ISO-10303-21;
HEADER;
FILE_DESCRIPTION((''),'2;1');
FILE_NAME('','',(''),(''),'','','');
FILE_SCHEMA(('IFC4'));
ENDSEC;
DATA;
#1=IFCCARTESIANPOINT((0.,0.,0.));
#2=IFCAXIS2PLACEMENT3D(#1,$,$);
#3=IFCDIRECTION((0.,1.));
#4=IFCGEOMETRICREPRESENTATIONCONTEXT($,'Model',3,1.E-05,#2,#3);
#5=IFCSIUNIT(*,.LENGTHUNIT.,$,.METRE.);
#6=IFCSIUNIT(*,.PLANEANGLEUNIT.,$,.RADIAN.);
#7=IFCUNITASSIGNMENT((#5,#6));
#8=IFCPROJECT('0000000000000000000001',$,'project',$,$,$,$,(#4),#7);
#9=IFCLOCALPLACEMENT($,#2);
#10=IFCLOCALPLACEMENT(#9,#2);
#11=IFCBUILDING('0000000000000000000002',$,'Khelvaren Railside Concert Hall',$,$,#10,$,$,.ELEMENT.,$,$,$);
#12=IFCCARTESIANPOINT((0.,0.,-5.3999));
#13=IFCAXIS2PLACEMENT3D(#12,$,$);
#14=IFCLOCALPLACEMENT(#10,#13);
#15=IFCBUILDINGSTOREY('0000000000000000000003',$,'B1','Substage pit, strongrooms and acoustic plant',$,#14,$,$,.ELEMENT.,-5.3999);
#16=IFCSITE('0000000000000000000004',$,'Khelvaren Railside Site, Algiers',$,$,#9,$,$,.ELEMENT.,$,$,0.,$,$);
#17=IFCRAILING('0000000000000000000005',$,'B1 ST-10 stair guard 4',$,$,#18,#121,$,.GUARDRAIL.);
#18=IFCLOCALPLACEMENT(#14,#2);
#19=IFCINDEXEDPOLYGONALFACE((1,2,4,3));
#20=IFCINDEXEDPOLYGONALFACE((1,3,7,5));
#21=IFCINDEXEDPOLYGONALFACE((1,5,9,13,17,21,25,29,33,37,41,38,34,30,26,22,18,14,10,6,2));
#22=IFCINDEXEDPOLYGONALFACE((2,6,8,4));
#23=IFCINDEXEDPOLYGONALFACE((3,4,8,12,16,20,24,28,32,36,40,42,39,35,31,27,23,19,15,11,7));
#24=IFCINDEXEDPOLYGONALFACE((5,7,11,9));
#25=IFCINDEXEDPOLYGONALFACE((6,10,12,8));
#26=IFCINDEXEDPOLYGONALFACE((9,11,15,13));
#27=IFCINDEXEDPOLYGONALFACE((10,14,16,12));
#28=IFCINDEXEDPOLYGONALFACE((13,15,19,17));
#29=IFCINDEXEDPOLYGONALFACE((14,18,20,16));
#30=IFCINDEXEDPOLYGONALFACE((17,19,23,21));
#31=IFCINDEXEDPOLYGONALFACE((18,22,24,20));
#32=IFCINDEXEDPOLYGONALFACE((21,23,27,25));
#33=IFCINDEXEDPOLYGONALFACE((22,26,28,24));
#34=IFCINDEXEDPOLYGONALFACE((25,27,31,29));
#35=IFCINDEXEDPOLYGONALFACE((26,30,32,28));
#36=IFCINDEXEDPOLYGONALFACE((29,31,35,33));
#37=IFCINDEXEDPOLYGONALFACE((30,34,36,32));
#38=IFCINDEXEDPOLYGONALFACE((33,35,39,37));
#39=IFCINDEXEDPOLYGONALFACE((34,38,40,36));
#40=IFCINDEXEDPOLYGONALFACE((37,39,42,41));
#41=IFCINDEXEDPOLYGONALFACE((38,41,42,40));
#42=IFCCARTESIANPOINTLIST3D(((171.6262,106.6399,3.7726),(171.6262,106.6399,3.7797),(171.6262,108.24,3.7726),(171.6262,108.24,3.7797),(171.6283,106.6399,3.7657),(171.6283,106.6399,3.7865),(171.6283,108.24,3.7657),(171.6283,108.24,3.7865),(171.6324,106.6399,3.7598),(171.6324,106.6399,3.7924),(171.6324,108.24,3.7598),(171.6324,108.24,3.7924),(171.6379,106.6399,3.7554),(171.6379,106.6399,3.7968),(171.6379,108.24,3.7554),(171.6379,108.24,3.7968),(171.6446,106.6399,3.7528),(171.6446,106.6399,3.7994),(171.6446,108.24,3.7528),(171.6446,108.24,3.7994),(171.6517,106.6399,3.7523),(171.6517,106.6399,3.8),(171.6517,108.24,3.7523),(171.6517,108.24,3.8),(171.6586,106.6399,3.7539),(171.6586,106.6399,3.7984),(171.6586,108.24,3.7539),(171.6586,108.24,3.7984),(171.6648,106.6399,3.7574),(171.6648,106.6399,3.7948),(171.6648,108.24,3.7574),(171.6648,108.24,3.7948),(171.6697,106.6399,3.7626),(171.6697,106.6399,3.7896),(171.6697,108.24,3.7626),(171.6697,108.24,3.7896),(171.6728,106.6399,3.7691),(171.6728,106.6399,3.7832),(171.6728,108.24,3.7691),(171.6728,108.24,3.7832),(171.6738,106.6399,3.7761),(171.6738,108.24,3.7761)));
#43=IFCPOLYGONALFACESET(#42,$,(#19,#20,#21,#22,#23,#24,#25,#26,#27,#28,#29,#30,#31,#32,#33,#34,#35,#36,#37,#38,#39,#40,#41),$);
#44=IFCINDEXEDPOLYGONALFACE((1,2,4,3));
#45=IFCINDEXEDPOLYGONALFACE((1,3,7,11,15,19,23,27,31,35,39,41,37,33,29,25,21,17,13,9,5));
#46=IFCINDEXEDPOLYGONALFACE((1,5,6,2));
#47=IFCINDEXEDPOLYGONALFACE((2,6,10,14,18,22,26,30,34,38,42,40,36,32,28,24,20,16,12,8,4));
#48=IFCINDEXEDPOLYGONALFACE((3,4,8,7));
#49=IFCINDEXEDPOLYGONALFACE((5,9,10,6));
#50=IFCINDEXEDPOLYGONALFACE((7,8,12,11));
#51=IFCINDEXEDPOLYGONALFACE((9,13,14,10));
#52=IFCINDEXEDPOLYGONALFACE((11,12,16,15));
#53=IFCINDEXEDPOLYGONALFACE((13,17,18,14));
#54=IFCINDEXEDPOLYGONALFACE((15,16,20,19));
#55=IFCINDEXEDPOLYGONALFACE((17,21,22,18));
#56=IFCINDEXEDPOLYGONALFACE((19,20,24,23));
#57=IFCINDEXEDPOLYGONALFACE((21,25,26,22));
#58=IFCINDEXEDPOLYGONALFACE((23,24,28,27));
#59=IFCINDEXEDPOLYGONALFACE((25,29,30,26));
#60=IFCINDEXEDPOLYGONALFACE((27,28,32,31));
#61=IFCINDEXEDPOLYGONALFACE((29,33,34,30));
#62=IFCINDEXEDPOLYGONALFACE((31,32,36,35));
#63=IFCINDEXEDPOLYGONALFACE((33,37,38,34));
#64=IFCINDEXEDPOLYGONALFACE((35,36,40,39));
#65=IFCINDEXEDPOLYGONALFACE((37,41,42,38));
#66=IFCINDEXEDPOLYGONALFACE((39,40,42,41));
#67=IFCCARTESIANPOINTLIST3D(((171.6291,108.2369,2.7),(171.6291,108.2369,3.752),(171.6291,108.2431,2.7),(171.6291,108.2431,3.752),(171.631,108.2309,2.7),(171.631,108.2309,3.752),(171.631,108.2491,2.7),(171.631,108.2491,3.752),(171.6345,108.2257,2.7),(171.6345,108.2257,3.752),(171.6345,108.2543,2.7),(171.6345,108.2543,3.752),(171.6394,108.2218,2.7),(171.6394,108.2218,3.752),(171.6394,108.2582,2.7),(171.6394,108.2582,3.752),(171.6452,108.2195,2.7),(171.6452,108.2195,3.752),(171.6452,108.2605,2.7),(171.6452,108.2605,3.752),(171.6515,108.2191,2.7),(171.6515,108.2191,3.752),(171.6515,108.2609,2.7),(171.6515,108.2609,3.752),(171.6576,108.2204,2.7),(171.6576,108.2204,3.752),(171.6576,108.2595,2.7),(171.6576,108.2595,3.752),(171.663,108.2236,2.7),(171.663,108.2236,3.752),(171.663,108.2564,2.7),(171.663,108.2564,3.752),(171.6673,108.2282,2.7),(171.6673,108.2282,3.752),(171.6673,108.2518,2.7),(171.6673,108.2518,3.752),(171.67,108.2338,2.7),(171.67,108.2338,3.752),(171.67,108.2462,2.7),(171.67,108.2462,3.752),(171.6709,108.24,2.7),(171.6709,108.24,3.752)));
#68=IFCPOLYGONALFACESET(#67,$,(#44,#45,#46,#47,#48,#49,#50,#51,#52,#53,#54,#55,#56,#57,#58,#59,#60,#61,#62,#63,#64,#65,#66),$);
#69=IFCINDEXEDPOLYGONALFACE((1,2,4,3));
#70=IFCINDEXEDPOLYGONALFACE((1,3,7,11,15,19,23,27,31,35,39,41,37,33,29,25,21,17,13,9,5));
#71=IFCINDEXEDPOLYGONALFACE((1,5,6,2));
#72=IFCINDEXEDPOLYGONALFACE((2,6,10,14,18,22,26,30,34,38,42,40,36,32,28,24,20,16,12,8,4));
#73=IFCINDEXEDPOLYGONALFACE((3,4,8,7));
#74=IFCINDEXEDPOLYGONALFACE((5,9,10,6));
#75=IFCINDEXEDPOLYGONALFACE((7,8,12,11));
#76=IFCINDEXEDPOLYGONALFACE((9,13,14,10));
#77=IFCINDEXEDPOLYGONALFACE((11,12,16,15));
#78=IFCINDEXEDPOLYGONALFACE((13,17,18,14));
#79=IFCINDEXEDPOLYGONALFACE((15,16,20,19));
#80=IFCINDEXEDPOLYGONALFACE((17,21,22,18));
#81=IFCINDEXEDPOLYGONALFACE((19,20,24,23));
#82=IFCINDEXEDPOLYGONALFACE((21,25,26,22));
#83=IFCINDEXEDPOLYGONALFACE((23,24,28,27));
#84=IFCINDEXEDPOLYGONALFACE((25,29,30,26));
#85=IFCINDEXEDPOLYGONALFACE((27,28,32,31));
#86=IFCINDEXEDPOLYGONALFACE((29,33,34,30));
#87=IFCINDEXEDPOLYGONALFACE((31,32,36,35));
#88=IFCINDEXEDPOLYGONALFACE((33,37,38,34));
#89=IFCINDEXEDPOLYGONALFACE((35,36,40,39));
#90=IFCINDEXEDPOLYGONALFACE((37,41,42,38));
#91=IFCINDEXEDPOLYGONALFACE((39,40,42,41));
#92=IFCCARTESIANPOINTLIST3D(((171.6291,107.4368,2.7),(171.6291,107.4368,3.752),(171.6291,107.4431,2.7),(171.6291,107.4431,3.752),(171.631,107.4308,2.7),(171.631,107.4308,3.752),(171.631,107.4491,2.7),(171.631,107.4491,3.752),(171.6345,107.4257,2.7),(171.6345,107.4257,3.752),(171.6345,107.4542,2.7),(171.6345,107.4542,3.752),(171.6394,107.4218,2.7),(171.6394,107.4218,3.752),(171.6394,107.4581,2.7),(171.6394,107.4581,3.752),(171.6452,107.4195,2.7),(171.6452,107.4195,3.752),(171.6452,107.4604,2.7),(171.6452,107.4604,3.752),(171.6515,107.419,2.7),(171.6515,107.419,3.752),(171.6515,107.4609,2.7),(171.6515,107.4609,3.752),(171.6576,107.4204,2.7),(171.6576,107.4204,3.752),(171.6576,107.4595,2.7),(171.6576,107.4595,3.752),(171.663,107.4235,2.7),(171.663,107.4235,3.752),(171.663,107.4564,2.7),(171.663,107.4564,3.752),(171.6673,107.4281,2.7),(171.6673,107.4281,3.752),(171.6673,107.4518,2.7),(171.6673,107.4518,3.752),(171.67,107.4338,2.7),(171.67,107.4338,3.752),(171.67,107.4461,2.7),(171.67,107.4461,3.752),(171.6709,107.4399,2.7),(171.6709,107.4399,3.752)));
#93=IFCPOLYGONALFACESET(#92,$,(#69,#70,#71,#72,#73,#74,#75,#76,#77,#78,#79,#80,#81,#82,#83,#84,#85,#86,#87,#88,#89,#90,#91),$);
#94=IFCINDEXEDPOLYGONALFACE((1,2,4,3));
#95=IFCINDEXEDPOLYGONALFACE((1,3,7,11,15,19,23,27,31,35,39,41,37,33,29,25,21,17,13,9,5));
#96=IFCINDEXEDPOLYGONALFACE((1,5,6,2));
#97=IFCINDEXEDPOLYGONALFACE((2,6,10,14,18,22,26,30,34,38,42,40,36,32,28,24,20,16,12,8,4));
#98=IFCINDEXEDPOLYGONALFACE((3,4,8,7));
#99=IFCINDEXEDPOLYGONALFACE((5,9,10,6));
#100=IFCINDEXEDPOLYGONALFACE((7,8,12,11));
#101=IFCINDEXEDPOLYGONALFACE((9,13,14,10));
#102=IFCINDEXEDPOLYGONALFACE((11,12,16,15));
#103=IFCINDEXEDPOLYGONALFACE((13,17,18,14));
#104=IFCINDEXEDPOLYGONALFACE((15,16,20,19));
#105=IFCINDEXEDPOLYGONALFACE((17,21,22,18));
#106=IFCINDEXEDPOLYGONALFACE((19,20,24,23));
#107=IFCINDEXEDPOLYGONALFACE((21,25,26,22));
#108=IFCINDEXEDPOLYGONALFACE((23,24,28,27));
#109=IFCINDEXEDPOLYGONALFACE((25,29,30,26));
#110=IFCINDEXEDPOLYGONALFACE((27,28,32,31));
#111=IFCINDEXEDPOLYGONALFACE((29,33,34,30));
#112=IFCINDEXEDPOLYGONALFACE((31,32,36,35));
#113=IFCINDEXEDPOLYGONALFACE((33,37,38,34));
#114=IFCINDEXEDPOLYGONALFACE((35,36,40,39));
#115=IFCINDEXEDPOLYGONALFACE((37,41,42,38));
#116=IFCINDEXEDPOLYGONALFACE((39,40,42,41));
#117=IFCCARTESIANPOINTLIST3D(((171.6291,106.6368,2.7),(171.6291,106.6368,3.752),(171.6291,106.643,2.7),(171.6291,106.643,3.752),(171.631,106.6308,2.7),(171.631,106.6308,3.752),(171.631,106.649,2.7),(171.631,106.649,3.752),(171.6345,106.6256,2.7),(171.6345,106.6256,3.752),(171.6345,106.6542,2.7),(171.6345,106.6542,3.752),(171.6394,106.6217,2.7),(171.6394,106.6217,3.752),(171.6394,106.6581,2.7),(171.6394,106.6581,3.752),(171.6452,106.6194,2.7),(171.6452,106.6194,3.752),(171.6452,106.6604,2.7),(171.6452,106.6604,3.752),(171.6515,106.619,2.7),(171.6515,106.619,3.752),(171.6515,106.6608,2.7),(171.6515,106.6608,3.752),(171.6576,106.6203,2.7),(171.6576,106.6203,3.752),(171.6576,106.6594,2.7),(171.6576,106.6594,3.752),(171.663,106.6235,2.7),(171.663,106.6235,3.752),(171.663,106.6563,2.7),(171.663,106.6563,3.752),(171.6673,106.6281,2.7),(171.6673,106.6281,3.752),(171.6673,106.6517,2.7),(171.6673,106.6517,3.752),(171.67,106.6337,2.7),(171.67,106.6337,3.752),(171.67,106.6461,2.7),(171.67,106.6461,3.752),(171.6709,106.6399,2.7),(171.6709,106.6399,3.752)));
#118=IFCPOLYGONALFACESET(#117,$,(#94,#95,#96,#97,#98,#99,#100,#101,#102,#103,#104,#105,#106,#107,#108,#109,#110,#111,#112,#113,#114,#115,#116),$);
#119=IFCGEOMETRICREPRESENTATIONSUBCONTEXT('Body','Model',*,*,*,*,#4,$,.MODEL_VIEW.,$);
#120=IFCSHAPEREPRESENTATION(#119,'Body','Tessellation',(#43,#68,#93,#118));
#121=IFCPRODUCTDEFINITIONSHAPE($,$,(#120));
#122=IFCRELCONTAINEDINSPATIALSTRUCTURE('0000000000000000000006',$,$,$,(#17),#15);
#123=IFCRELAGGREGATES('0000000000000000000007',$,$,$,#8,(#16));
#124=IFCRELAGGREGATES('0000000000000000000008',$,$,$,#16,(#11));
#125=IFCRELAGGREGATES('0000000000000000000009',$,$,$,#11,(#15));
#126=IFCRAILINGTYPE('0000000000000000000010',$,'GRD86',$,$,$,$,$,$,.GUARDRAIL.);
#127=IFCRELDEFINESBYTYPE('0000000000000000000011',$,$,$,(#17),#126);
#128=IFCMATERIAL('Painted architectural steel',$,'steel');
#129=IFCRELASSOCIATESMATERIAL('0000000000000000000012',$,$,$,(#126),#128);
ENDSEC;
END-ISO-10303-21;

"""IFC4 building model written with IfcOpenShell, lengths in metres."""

from ifc_helpers import new_model, si_unit, direction, frame, origin, origin_2d, place, context, subcontext, project, spatial, circle, extrude, material, type_object, element, save


model = new_model("IFC4")

# Units and contexts
model_context = context("Model", 3, precision=1e-05, world=origin(), true_north=direction((0.0, 1.0)))
body_context = subcontext(model_context, "Body", "Model", "MODEL_VIEW")
ifc_project = project(units=[si_unit("LENGTHUNIT", "METRE"), si_unit("PLANEANGLEUNIT", "RADIAN")], contexts=[model_context])

# Site, building, storey
site_placement = place(None, origin())
site = spatial("IfcSite", under=ifc_project, at=site_placement, Name="Khelvaren Railside Site, Algiers", CompositionType="ELEMENT", RefElevation=0.0)
building_placement = place(site_placement, origin())
building = spatial("IfcBuilding", under=site, at=building_placement, Name="Khelvaren Railside Concert Hall", CompositionType="ELEMENT")
storey_placement = place(building_placement, frame((0.0, 0.0, -5.3999)))
storey = spatial("IfcBuildingStorey", under=building, at=storey_placement, Name="B1", Description="Substage pit, strongrooms and acoustic plant", CompositionType="ELEMENT", Elevation=-5.3999)

# Railing
ifc_material_1 = material(Name="Painted architectural steel", Category="steel")
railing_type_1 = type_object("IfcRailingType", Name="GRD86", PredefinedType="GUARDRAIL", material=ifc_material_1)
railing_1_placement = place(storey_placement, frame((171.6499, 108.24, 2.7)))
element("IfcRailing", 1, at=railing_1_placement, inside=storey, type_object=railing_type_1, Name="B1 ST-10 stair guard 4", PredefinedType="GUARDRAIL", context=body_context, shape_type="SweptSolid", body=[
    extrude(circle(Radius=0.0239, at=origin_2d()), frame((0.0, 0.0, 1.0762), z_axis=(0.0, -1.0, 0.0), x_axis=(1.0, 0.0, 0.0)), (0.0, 0.0, 1.0), 1.6001),
    extrude(circle(Radius=0.021, at=origin_2d()), origin(), (0.0, 0.0, 1.0), 1.052),
    extrude(circle(Radius=0.021, at=origin_2d()), frame((0.0, -0.8, 0.0)), (0.0, 0.0, 1.0), 1.052),
    extrude(circle(Radius=0.021, at=origin_2d()), frame((0.0, -1.6001, 0.0)), (0.0, 0.0, 1.0), 1.052),
])

save(model, "model.ifc")
